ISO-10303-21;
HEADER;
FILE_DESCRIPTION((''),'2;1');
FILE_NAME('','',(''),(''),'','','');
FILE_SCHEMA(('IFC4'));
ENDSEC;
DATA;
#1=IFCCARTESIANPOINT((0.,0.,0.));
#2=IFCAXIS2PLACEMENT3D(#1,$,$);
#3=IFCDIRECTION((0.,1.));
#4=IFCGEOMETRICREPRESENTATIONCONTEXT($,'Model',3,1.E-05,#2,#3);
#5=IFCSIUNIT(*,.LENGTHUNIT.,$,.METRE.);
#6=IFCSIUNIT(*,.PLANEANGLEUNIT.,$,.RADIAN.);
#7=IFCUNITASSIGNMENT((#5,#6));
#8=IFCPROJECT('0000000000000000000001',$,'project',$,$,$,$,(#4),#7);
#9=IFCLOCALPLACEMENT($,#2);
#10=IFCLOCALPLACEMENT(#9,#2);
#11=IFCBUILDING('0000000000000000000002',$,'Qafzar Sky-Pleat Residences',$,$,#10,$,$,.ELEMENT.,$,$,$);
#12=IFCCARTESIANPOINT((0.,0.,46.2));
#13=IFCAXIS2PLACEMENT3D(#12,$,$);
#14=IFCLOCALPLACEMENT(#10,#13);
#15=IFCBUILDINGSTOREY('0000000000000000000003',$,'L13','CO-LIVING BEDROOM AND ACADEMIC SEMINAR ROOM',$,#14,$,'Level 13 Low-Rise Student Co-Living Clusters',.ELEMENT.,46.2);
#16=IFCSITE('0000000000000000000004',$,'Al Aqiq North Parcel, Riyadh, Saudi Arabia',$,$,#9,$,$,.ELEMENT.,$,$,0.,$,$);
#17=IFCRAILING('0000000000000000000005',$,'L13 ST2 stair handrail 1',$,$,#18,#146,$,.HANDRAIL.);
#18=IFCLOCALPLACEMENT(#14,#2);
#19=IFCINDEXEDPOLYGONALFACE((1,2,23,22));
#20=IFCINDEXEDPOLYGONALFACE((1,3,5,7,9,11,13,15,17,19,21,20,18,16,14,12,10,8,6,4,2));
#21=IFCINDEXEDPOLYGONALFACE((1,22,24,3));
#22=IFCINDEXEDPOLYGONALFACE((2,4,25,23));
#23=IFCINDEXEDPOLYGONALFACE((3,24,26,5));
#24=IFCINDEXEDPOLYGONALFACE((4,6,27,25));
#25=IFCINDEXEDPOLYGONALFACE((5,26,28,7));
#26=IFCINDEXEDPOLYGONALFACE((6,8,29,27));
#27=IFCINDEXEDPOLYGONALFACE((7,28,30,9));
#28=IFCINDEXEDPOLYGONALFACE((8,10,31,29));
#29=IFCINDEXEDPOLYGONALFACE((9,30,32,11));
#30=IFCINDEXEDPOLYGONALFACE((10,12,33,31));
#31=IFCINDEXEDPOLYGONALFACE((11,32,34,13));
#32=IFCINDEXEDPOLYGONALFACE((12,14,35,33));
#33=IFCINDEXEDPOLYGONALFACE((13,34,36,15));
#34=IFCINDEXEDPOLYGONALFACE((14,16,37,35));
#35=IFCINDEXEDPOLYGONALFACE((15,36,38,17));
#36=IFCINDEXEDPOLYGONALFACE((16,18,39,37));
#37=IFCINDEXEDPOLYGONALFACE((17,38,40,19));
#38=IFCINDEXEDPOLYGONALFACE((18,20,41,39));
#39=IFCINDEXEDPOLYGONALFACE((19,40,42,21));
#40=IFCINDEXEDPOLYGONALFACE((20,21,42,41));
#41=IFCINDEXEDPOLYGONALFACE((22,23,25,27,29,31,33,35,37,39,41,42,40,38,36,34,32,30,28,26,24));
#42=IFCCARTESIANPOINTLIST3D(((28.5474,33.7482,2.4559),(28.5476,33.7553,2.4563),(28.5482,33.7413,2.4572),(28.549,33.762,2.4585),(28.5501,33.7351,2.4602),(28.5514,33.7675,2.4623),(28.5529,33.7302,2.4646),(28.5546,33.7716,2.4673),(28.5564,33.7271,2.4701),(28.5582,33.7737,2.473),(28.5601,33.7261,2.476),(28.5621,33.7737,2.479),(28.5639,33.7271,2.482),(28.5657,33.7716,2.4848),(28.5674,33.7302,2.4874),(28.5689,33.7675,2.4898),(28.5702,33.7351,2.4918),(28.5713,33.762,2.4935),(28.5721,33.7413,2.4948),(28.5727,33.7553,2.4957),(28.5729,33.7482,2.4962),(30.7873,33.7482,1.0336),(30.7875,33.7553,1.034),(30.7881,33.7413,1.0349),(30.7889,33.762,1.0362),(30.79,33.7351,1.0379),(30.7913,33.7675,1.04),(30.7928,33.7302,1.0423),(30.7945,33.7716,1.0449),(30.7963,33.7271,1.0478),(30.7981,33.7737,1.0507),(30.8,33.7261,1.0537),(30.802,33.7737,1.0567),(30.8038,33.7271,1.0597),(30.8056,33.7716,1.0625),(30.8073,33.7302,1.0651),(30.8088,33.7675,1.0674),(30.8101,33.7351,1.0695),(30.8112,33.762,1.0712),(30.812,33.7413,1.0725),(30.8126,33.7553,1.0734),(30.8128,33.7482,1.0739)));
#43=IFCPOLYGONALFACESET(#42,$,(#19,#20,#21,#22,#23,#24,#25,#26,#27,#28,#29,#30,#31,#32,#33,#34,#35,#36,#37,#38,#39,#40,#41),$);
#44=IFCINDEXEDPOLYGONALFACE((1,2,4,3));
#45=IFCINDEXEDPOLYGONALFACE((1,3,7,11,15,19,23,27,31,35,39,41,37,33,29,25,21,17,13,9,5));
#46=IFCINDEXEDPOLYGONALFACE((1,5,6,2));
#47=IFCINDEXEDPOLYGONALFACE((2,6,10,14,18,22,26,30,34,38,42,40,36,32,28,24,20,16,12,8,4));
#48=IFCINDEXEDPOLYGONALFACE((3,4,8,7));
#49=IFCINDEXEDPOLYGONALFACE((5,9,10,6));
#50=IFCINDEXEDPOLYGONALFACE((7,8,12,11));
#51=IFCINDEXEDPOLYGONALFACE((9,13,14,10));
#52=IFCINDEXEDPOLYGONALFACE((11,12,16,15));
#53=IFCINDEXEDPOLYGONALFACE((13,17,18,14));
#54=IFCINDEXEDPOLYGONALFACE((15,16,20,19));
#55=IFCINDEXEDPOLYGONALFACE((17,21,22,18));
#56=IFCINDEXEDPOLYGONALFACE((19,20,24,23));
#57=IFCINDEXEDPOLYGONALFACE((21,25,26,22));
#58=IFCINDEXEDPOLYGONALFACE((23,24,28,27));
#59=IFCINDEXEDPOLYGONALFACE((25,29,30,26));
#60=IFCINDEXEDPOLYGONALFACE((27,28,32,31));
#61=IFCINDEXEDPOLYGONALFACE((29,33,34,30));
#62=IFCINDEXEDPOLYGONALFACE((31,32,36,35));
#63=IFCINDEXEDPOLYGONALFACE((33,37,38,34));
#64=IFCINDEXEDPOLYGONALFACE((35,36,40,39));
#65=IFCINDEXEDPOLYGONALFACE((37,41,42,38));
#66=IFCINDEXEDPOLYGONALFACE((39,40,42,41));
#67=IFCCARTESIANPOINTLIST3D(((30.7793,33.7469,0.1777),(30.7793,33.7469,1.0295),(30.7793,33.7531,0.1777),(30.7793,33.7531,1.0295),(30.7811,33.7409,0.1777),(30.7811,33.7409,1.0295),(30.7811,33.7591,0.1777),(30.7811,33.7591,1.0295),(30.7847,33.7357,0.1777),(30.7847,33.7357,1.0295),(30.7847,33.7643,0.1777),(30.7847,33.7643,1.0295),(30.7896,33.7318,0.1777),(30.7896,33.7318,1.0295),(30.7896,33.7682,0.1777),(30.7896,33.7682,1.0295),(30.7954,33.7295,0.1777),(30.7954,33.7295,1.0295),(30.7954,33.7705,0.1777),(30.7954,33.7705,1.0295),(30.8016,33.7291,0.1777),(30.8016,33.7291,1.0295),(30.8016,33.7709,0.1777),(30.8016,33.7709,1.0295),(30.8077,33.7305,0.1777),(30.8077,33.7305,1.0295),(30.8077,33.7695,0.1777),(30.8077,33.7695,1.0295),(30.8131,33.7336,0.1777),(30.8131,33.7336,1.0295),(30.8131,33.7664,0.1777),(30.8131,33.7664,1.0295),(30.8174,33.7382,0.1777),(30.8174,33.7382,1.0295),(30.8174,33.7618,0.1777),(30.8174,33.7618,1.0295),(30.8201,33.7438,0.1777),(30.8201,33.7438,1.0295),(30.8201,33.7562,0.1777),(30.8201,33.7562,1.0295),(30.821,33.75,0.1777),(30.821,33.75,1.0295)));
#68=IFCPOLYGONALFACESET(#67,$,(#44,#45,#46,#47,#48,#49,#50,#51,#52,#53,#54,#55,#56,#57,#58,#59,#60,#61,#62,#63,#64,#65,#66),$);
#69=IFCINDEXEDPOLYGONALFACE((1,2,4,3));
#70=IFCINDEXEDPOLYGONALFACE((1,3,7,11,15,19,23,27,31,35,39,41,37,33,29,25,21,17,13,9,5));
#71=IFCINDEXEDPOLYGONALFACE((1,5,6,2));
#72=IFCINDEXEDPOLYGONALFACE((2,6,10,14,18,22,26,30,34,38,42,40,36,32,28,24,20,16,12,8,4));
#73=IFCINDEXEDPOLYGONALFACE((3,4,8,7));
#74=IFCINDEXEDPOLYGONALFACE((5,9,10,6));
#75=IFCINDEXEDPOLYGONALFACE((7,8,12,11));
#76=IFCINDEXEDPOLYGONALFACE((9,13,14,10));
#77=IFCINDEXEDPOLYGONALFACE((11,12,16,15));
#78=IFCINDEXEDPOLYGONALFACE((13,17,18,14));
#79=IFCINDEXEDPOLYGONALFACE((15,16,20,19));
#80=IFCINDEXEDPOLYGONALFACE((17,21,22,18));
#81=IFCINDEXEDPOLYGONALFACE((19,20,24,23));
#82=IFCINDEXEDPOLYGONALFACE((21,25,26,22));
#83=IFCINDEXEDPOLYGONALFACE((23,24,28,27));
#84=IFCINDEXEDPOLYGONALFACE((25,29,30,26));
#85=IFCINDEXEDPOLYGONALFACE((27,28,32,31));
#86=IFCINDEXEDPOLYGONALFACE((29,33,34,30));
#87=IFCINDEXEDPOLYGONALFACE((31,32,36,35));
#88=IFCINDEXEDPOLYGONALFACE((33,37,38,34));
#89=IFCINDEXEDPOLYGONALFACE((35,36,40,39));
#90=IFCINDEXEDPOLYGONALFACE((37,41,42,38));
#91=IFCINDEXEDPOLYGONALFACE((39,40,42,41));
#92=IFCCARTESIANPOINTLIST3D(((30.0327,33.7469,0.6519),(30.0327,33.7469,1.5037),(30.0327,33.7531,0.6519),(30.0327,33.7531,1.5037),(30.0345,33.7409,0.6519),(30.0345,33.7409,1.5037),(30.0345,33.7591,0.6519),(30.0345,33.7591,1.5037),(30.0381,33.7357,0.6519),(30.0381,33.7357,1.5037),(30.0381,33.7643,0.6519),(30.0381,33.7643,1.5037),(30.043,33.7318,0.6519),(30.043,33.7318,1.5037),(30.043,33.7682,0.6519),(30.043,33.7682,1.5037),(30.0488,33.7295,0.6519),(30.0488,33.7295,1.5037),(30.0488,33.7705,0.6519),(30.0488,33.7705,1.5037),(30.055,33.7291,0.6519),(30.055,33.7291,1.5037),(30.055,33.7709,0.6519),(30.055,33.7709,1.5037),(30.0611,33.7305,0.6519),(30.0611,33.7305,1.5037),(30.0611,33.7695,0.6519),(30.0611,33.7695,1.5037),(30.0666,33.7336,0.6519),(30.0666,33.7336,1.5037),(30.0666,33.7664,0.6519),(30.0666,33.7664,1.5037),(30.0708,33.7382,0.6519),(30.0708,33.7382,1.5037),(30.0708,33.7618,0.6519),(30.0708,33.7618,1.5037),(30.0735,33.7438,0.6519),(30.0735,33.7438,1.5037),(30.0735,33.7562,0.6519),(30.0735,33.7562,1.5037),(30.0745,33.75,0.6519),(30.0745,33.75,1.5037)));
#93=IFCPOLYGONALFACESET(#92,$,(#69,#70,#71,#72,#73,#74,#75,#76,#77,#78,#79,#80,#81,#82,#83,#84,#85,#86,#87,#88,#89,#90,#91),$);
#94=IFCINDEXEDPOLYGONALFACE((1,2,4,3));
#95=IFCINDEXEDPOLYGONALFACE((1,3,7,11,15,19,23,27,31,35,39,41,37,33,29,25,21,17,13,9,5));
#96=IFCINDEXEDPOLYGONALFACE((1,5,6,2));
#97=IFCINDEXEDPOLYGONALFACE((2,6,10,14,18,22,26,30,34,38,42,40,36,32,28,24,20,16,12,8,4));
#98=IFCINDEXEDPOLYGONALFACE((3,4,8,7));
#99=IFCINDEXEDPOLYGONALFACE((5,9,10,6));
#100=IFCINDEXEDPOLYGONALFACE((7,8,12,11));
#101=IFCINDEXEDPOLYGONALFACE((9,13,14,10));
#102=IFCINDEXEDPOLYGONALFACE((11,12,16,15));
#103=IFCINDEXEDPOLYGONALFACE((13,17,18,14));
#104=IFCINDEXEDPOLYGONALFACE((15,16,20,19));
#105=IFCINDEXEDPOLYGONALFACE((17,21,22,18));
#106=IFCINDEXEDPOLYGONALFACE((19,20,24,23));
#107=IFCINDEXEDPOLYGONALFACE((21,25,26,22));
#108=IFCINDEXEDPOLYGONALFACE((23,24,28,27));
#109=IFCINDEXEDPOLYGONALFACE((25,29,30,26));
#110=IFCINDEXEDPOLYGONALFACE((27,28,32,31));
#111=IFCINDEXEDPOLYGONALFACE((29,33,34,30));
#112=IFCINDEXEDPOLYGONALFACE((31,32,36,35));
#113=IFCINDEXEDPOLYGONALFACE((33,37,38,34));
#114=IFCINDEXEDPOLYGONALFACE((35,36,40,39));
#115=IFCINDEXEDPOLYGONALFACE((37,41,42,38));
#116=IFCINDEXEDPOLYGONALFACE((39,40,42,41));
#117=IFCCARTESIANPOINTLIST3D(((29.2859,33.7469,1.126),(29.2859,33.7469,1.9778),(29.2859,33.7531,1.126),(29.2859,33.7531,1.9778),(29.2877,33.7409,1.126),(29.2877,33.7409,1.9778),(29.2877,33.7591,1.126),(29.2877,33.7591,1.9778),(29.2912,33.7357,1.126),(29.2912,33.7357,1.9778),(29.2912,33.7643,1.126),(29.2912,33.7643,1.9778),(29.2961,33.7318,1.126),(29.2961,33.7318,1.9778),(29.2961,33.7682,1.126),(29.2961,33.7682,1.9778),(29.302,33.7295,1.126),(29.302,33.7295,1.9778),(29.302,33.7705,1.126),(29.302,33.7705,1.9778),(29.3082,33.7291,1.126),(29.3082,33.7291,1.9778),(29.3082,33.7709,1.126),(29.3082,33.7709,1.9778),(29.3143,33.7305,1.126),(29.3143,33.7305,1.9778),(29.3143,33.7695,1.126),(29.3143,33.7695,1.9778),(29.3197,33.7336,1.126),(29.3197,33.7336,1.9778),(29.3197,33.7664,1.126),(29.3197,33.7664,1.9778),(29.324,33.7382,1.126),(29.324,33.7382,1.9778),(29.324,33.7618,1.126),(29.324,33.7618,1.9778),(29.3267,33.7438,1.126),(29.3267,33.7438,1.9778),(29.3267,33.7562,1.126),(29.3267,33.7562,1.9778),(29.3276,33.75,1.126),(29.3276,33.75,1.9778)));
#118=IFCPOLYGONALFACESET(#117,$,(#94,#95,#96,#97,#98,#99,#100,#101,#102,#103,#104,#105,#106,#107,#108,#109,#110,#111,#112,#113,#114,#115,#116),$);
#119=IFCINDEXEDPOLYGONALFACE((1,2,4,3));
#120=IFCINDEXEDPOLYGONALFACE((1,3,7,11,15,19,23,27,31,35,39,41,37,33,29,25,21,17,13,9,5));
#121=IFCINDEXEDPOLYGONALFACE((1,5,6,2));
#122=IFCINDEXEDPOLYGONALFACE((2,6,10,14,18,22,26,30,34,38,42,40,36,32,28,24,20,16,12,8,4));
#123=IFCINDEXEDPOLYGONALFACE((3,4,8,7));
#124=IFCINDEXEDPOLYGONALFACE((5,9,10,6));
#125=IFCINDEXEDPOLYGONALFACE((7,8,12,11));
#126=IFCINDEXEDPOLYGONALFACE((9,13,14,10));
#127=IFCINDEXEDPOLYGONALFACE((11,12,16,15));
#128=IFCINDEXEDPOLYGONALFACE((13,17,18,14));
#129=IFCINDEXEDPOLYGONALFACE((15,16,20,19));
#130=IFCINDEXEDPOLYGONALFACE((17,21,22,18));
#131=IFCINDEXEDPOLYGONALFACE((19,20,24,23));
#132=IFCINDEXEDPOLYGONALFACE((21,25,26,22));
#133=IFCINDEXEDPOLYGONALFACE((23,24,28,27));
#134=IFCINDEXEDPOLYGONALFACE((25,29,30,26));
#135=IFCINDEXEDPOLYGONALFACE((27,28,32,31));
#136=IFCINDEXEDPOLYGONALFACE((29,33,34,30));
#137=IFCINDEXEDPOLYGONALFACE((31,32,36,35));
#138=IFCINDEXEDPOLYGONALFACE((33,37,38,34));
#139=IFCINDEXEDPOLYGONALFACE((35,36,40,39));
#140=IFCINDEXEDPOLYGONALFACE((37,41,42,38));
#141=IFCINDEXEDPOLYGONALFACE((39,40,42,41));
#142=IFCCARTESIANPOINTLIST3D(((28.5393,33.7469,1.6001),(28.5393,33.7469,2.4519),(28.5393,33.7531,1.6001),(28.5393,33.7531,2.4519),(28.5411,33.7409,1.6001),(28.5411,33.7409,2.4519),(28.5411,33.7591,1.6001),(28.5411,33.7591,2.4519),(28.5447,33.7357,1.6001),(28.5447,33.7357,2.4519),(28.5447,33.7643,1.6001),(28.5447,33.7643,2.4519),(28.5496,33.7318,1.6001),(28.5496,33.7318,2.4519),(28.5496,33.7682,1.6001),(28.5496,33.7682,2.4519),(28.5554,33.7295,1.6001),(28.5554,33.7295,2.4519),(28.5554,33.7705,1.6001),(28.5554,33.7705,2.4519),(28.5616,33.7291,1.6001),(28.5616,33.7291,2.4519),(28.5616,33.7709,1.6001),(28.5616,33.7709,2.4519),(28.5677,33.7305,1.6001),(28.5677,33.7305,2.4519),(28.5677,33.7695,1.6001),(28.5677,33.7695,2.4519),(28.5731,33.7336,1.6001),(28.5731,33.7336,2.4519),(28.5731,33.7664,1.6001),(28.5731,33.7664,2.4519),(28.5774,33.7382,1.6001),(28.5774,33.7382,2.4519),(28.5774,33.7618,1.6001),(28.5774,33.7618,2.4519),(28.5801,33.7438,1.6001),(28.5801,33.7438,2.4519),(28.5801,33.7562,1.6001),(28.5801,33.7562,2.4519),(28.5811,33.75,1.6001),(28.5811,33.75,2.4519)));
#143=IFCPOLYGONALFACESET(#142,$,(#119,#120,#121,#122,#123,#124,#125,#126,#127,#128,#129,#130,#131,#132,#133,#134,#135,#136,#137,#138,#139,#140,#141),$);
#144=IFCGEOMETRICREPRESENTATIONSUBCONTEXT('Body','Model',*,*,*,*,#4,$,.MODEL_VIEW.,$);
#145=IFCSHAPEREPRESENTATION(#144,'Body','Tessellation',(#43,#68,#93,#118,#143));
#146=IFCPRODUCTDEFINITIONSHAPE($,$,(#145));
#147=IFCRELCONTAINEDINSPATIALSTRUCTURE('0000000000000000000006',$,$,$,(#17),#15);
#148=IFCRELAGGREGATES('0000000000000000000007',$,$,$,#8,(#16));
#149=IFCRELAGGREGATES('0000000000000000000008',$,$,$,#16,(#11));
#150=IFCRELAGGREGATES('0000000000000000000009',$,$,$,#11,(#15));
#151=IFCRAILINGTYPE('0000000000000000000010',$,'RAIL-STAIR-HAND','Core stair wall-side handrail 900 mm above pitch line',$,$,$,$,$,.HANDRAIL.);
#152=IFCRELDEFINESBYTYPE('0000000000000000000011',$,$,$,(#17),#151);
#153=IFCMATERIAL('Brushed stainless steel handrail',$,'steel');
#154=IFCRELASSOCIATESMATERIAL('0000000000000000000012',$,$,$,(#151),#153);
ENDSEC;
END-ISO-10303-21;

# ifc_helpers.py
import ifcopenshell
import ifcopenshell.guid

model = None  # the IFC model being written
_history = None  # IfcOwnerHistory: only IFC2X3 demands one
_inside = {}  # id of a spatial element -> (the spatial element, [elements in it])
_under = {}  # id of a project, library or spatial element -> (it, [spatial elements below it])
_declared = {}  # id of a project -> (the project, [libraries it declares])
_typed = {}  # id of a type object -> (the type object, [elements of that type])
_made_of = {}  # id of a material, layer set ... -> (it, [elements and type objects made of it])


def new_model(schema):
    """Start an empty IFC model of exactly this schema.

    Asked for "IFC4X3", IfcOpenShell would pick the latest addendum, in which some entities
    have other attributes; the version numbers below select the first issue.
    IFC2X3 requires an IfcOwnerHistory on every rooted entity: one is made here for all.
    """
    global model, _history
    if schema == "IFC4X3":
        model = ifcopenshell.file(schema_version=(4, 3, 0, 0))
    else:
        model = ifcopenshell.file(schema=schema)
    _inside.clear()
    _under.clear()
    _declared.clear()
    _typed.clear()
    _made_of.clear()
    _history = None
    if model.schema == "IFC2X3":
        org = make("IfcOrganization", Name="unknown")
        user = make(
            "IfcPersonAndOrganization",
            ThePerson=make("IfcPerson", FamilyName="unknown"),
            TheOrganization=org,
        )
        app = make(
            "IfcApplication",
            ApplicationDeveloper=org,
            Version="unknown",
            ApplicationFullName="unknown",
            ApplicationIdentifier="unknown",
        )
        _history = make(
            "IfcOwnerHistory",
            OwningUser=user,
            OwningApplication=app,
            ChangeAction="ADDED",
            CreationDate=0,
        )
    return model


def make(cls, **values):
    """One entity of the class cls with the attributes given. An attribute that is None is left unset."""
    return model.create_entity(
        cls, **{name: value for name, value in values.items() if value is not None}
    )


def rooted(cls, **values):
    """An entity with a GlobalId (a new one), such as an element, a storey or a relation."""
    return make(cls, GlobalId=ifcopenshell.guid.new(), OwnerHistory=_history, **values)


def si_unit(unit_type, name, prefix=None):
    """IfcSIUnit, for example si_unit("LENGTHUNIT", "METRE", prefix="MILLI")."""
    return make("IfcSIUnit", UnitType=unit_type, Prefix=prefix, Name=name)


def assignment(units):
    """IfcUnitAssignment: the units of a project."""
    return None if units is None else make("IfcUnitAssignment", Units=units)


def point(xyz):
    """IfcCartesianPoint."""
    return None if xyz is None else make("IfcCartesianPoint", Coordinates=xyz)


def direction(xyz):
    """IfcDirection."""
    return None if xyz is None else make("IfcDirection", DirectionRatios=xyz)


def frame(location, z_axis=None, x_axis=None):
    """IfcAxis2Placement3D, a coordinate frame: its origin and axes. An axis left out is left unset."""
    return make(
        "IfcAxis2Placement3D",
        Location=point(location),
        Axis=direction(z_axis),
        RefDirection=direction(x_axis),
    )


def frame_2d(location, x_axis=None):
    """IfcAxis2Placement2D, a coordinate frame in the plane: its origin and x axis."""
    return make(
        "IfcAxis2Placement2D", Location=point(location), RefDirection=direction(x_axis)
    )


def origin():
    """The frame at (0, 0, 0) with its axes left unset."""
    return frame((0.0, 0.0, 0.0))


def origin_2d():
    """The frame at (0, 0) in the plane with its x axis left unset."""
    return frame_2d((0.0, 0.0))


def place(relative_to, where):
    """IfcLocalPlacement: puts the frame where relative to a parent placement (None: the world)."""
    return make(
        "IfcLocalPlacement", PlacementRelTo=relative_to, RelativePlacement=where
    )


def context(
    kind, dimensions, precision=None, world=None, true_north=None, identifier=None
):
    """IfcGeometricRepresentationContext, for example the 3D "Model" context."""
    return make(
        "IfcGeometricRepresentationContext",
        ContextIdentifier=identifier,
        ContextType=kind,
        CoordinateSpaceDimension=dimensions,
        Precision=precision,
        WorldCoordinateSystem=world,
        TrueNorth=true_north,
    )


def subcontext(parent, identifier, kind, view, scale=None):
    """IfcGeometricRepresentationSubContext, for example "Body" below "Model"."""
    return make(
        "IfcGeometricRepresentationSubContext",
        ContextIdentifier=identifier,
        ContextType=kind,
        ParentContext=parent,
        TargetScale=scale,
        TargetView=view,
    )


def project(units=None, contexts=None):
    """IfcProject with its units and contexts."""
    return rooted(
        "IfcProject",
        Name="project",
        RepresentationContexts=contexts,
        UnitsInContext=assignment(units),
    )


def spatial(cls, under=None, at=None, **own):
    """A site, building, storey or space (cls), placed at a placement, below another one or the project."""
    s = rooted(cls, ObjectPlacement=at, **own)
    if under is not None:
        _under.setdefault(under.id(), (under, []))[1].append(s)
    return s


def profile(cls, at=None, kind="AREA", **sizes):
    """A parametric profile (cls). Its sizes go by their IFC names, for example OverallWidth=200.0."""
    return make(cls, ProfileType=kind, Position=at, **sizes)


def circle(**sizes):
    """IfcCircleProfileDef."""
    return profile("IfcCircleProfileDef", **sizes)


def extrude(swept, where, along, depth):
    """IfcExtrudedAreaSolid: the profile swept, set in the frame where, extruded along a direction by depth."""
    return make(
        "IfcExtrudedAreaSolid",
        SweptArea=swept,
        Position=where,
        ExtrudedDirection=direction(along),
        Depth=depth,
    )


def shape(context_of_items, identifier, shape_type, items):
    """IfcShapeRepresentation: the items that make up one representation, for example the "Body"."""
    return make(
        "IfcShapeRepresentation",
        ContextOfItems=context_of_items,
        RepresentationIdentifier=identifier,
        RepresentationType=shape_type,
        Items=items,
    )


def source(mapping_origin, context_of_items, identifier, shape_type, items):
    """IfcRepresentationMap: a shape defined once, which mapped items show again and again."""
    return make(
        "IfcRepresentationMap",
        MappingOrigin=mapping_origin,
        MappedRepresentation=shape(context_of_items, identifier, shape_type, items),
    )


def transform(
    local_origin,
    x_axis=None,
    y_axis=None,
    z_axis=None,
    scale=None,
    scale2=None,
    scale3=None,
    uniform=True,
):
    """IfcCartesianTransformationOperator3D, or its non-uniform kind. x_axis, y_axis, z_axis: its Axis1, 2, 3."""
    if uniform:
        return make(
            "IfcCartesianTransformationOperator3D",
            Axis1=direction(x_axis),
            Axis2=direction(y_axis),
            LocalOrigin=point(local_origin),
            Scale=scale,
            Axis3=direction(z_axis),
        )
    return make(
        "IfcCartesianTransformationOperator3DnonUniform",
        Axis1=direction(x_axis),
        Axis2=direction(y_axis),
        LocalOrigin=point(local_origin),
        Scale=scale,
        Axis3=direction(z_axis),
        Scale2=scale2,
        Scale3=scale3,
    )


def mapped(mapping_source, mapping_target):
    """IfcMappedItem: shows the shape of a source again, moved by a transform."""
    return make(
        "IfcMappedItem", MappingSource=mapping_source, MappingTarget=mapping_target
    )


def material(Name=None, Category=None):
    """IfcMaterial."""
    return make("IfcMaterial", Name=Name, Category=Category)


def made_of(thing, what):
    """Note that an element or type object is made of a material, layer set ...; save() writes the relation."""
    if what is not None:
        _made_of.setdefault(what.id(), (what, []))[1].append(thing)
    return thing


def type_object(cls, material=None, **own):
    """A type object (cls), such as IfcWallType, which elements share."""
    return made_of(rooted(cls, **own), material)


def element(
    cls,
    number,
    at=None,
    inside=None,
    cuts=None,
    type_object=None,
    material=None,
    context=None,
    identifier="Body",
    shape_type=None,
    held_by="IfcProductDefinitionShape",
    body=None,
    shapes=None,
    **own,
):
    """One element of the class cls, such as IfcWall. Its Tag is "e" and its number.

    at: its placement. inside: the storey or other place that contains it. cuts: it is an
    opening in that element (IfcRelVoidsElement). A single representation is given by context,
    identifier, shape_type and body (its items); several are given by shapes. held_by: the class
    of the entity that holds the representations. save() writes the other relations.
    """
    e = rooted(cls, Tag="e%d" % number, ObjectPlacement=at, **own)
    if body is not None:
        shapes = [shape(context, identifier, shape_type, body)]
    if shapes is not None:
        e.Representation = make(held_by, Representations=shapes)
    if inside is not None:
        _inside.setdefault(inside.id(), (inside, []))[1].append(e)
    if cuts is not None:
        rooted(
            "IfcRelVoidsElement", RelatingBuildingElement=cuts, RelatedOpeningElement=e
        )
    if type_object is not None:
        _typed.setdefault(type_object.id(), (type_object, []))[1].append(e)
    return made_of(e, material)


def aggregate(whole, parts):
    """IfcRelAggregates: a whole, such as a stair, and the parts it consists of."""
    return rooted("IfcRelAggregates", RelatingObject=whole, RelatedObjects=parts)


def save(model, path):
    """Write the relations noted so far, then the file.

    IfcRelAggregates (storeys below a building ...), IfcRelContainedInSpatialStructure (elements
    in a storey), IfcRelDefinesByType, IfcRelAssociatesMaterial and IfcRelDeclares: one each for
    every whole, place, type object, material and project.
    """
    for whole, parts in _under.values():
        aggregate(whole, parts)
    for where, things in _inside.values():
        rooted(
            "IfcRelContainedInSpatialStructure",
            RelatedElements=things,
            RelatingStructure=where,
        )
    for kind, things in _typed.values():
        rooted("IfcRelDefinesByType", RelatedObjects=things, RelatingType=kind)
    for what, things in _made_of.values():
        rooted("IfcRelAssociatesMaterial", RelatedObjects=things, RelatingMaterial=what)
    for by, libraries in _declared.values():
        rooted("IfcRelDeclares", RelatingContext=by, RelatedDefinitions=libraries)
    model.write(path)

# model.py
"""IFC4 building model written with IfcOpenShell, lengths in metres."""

from ifc_helpers import new_model, si_unit, direction, frame, origin, origin_2d, place, context, subcontext, project, spatial, circle, extrude, source, transform, mapped, material, type_object, element, save


model = new_model("IFC4")

# Units and contexts
model_context = context("Model", 3, precision=1e-05, world=origin(), true_north=direction((0.0, 1.0)))
body_context = subcontext(model_context, "Body", "Model", "MODEL_VIEW")
ifc_project = project(units=[si_unit("LENGTHUNIT", "METRE"), si_unit("PLANEANGLEUNIT", "RADIAN")], contexts=[model_context])

# Site, building, storey
site_placement = place(None, origin())
site = spatial("IfcSite", under=ifc_project, at=site_placement, Name="Al Aqiq North Parcel, Riyadh, Saudi Arabia", CompositionType="ELEMENT", RefElevation=0.0)
building_placement = place(site_placement, origin())
building = spatial("IfcBuilding", under=site, at=building_placement, Name="Qafzar Sky-Pleat Residences", CompositionType="ELEMENT")
storey_placement = place(building_placement, frame((0.0, 0.0, 46.2)))
storey = spatial("IfcBuildingStorey", under=building, at=storey_placement, Name="L13", Description="CO-LIVING BEDROOM AND ACADEMIC SEMINAR ROOM", LongName="Level 13 Low-Rise Student Co-Living Clusters", CompositionType="ELEMENT", Elevation=46.2)

# Railing
ifc_material_1 = material(Name="Brushed stainless steel handrail", Category="steel")
railing_type_1 = type_object("IfcRailingType", Name="RAIL-STAIR-HAND", Description="Core stair wall-side handrail 900 mm above pitch line", PredefinedType="HANDRAIL", material=ifc_material_1)
shared_shape_1 = source(origin(), body_context, "Body", "SweptSolid", [
    extrude(circle(Radius=0.0239, at=origin_2d()), frame((0.0, 0.0, 0.876), z_axis=(-0.844188, 0.0, 0.536048), x_axis=(0.0, -1.0, 0.0)), (0.0, 0.0, 1.0), 2.6533),
    extrude(circle(Radius=0.021, at=origin_2d()), origin(), (0.0, 0.0, 1.0), 0.8518),
    extrude(circle(Radius=0.021, at=origin_2d()), frame((-0.7466, 0.0, 0.4741)), (0.0, 0.0, 1.0), 0.8518),
    extrude(circle(Radius=0.021, at=origin_2d()), frame((-1.4934, 0.0, 0.9482)), (0.0, 0.0, 1.0), 0.8518),
    extrude(circle(Radius=0.021, at=origin_2d()), frame((-2.24, 0.0, 1.4224)), (0.0, 0.0, 1.0), 0.8518),
])
railing_1_placement = place(storey_placement, frame((30.8, 33.75, 0.1777)))
element("IfcRailing", 1, at=railing_1_placement, inside=storey, type_object=railing_type_1, Name="L13 ST2 stair handrail 1", PredefinedType="HANDRAIL", context=body_context, shape_type="MappedRepresentation", body=[
    mapped(shared_shape_1, transform((0.0, 0.0, 0.0), x_axis=(1.0, 0.0, 0.0), y_axis=(0.0, 1.0, 0.0), z_axis=(0.0, 0.0, 1.0), scale=1.0)),
])

save(model, "model.ifc")
